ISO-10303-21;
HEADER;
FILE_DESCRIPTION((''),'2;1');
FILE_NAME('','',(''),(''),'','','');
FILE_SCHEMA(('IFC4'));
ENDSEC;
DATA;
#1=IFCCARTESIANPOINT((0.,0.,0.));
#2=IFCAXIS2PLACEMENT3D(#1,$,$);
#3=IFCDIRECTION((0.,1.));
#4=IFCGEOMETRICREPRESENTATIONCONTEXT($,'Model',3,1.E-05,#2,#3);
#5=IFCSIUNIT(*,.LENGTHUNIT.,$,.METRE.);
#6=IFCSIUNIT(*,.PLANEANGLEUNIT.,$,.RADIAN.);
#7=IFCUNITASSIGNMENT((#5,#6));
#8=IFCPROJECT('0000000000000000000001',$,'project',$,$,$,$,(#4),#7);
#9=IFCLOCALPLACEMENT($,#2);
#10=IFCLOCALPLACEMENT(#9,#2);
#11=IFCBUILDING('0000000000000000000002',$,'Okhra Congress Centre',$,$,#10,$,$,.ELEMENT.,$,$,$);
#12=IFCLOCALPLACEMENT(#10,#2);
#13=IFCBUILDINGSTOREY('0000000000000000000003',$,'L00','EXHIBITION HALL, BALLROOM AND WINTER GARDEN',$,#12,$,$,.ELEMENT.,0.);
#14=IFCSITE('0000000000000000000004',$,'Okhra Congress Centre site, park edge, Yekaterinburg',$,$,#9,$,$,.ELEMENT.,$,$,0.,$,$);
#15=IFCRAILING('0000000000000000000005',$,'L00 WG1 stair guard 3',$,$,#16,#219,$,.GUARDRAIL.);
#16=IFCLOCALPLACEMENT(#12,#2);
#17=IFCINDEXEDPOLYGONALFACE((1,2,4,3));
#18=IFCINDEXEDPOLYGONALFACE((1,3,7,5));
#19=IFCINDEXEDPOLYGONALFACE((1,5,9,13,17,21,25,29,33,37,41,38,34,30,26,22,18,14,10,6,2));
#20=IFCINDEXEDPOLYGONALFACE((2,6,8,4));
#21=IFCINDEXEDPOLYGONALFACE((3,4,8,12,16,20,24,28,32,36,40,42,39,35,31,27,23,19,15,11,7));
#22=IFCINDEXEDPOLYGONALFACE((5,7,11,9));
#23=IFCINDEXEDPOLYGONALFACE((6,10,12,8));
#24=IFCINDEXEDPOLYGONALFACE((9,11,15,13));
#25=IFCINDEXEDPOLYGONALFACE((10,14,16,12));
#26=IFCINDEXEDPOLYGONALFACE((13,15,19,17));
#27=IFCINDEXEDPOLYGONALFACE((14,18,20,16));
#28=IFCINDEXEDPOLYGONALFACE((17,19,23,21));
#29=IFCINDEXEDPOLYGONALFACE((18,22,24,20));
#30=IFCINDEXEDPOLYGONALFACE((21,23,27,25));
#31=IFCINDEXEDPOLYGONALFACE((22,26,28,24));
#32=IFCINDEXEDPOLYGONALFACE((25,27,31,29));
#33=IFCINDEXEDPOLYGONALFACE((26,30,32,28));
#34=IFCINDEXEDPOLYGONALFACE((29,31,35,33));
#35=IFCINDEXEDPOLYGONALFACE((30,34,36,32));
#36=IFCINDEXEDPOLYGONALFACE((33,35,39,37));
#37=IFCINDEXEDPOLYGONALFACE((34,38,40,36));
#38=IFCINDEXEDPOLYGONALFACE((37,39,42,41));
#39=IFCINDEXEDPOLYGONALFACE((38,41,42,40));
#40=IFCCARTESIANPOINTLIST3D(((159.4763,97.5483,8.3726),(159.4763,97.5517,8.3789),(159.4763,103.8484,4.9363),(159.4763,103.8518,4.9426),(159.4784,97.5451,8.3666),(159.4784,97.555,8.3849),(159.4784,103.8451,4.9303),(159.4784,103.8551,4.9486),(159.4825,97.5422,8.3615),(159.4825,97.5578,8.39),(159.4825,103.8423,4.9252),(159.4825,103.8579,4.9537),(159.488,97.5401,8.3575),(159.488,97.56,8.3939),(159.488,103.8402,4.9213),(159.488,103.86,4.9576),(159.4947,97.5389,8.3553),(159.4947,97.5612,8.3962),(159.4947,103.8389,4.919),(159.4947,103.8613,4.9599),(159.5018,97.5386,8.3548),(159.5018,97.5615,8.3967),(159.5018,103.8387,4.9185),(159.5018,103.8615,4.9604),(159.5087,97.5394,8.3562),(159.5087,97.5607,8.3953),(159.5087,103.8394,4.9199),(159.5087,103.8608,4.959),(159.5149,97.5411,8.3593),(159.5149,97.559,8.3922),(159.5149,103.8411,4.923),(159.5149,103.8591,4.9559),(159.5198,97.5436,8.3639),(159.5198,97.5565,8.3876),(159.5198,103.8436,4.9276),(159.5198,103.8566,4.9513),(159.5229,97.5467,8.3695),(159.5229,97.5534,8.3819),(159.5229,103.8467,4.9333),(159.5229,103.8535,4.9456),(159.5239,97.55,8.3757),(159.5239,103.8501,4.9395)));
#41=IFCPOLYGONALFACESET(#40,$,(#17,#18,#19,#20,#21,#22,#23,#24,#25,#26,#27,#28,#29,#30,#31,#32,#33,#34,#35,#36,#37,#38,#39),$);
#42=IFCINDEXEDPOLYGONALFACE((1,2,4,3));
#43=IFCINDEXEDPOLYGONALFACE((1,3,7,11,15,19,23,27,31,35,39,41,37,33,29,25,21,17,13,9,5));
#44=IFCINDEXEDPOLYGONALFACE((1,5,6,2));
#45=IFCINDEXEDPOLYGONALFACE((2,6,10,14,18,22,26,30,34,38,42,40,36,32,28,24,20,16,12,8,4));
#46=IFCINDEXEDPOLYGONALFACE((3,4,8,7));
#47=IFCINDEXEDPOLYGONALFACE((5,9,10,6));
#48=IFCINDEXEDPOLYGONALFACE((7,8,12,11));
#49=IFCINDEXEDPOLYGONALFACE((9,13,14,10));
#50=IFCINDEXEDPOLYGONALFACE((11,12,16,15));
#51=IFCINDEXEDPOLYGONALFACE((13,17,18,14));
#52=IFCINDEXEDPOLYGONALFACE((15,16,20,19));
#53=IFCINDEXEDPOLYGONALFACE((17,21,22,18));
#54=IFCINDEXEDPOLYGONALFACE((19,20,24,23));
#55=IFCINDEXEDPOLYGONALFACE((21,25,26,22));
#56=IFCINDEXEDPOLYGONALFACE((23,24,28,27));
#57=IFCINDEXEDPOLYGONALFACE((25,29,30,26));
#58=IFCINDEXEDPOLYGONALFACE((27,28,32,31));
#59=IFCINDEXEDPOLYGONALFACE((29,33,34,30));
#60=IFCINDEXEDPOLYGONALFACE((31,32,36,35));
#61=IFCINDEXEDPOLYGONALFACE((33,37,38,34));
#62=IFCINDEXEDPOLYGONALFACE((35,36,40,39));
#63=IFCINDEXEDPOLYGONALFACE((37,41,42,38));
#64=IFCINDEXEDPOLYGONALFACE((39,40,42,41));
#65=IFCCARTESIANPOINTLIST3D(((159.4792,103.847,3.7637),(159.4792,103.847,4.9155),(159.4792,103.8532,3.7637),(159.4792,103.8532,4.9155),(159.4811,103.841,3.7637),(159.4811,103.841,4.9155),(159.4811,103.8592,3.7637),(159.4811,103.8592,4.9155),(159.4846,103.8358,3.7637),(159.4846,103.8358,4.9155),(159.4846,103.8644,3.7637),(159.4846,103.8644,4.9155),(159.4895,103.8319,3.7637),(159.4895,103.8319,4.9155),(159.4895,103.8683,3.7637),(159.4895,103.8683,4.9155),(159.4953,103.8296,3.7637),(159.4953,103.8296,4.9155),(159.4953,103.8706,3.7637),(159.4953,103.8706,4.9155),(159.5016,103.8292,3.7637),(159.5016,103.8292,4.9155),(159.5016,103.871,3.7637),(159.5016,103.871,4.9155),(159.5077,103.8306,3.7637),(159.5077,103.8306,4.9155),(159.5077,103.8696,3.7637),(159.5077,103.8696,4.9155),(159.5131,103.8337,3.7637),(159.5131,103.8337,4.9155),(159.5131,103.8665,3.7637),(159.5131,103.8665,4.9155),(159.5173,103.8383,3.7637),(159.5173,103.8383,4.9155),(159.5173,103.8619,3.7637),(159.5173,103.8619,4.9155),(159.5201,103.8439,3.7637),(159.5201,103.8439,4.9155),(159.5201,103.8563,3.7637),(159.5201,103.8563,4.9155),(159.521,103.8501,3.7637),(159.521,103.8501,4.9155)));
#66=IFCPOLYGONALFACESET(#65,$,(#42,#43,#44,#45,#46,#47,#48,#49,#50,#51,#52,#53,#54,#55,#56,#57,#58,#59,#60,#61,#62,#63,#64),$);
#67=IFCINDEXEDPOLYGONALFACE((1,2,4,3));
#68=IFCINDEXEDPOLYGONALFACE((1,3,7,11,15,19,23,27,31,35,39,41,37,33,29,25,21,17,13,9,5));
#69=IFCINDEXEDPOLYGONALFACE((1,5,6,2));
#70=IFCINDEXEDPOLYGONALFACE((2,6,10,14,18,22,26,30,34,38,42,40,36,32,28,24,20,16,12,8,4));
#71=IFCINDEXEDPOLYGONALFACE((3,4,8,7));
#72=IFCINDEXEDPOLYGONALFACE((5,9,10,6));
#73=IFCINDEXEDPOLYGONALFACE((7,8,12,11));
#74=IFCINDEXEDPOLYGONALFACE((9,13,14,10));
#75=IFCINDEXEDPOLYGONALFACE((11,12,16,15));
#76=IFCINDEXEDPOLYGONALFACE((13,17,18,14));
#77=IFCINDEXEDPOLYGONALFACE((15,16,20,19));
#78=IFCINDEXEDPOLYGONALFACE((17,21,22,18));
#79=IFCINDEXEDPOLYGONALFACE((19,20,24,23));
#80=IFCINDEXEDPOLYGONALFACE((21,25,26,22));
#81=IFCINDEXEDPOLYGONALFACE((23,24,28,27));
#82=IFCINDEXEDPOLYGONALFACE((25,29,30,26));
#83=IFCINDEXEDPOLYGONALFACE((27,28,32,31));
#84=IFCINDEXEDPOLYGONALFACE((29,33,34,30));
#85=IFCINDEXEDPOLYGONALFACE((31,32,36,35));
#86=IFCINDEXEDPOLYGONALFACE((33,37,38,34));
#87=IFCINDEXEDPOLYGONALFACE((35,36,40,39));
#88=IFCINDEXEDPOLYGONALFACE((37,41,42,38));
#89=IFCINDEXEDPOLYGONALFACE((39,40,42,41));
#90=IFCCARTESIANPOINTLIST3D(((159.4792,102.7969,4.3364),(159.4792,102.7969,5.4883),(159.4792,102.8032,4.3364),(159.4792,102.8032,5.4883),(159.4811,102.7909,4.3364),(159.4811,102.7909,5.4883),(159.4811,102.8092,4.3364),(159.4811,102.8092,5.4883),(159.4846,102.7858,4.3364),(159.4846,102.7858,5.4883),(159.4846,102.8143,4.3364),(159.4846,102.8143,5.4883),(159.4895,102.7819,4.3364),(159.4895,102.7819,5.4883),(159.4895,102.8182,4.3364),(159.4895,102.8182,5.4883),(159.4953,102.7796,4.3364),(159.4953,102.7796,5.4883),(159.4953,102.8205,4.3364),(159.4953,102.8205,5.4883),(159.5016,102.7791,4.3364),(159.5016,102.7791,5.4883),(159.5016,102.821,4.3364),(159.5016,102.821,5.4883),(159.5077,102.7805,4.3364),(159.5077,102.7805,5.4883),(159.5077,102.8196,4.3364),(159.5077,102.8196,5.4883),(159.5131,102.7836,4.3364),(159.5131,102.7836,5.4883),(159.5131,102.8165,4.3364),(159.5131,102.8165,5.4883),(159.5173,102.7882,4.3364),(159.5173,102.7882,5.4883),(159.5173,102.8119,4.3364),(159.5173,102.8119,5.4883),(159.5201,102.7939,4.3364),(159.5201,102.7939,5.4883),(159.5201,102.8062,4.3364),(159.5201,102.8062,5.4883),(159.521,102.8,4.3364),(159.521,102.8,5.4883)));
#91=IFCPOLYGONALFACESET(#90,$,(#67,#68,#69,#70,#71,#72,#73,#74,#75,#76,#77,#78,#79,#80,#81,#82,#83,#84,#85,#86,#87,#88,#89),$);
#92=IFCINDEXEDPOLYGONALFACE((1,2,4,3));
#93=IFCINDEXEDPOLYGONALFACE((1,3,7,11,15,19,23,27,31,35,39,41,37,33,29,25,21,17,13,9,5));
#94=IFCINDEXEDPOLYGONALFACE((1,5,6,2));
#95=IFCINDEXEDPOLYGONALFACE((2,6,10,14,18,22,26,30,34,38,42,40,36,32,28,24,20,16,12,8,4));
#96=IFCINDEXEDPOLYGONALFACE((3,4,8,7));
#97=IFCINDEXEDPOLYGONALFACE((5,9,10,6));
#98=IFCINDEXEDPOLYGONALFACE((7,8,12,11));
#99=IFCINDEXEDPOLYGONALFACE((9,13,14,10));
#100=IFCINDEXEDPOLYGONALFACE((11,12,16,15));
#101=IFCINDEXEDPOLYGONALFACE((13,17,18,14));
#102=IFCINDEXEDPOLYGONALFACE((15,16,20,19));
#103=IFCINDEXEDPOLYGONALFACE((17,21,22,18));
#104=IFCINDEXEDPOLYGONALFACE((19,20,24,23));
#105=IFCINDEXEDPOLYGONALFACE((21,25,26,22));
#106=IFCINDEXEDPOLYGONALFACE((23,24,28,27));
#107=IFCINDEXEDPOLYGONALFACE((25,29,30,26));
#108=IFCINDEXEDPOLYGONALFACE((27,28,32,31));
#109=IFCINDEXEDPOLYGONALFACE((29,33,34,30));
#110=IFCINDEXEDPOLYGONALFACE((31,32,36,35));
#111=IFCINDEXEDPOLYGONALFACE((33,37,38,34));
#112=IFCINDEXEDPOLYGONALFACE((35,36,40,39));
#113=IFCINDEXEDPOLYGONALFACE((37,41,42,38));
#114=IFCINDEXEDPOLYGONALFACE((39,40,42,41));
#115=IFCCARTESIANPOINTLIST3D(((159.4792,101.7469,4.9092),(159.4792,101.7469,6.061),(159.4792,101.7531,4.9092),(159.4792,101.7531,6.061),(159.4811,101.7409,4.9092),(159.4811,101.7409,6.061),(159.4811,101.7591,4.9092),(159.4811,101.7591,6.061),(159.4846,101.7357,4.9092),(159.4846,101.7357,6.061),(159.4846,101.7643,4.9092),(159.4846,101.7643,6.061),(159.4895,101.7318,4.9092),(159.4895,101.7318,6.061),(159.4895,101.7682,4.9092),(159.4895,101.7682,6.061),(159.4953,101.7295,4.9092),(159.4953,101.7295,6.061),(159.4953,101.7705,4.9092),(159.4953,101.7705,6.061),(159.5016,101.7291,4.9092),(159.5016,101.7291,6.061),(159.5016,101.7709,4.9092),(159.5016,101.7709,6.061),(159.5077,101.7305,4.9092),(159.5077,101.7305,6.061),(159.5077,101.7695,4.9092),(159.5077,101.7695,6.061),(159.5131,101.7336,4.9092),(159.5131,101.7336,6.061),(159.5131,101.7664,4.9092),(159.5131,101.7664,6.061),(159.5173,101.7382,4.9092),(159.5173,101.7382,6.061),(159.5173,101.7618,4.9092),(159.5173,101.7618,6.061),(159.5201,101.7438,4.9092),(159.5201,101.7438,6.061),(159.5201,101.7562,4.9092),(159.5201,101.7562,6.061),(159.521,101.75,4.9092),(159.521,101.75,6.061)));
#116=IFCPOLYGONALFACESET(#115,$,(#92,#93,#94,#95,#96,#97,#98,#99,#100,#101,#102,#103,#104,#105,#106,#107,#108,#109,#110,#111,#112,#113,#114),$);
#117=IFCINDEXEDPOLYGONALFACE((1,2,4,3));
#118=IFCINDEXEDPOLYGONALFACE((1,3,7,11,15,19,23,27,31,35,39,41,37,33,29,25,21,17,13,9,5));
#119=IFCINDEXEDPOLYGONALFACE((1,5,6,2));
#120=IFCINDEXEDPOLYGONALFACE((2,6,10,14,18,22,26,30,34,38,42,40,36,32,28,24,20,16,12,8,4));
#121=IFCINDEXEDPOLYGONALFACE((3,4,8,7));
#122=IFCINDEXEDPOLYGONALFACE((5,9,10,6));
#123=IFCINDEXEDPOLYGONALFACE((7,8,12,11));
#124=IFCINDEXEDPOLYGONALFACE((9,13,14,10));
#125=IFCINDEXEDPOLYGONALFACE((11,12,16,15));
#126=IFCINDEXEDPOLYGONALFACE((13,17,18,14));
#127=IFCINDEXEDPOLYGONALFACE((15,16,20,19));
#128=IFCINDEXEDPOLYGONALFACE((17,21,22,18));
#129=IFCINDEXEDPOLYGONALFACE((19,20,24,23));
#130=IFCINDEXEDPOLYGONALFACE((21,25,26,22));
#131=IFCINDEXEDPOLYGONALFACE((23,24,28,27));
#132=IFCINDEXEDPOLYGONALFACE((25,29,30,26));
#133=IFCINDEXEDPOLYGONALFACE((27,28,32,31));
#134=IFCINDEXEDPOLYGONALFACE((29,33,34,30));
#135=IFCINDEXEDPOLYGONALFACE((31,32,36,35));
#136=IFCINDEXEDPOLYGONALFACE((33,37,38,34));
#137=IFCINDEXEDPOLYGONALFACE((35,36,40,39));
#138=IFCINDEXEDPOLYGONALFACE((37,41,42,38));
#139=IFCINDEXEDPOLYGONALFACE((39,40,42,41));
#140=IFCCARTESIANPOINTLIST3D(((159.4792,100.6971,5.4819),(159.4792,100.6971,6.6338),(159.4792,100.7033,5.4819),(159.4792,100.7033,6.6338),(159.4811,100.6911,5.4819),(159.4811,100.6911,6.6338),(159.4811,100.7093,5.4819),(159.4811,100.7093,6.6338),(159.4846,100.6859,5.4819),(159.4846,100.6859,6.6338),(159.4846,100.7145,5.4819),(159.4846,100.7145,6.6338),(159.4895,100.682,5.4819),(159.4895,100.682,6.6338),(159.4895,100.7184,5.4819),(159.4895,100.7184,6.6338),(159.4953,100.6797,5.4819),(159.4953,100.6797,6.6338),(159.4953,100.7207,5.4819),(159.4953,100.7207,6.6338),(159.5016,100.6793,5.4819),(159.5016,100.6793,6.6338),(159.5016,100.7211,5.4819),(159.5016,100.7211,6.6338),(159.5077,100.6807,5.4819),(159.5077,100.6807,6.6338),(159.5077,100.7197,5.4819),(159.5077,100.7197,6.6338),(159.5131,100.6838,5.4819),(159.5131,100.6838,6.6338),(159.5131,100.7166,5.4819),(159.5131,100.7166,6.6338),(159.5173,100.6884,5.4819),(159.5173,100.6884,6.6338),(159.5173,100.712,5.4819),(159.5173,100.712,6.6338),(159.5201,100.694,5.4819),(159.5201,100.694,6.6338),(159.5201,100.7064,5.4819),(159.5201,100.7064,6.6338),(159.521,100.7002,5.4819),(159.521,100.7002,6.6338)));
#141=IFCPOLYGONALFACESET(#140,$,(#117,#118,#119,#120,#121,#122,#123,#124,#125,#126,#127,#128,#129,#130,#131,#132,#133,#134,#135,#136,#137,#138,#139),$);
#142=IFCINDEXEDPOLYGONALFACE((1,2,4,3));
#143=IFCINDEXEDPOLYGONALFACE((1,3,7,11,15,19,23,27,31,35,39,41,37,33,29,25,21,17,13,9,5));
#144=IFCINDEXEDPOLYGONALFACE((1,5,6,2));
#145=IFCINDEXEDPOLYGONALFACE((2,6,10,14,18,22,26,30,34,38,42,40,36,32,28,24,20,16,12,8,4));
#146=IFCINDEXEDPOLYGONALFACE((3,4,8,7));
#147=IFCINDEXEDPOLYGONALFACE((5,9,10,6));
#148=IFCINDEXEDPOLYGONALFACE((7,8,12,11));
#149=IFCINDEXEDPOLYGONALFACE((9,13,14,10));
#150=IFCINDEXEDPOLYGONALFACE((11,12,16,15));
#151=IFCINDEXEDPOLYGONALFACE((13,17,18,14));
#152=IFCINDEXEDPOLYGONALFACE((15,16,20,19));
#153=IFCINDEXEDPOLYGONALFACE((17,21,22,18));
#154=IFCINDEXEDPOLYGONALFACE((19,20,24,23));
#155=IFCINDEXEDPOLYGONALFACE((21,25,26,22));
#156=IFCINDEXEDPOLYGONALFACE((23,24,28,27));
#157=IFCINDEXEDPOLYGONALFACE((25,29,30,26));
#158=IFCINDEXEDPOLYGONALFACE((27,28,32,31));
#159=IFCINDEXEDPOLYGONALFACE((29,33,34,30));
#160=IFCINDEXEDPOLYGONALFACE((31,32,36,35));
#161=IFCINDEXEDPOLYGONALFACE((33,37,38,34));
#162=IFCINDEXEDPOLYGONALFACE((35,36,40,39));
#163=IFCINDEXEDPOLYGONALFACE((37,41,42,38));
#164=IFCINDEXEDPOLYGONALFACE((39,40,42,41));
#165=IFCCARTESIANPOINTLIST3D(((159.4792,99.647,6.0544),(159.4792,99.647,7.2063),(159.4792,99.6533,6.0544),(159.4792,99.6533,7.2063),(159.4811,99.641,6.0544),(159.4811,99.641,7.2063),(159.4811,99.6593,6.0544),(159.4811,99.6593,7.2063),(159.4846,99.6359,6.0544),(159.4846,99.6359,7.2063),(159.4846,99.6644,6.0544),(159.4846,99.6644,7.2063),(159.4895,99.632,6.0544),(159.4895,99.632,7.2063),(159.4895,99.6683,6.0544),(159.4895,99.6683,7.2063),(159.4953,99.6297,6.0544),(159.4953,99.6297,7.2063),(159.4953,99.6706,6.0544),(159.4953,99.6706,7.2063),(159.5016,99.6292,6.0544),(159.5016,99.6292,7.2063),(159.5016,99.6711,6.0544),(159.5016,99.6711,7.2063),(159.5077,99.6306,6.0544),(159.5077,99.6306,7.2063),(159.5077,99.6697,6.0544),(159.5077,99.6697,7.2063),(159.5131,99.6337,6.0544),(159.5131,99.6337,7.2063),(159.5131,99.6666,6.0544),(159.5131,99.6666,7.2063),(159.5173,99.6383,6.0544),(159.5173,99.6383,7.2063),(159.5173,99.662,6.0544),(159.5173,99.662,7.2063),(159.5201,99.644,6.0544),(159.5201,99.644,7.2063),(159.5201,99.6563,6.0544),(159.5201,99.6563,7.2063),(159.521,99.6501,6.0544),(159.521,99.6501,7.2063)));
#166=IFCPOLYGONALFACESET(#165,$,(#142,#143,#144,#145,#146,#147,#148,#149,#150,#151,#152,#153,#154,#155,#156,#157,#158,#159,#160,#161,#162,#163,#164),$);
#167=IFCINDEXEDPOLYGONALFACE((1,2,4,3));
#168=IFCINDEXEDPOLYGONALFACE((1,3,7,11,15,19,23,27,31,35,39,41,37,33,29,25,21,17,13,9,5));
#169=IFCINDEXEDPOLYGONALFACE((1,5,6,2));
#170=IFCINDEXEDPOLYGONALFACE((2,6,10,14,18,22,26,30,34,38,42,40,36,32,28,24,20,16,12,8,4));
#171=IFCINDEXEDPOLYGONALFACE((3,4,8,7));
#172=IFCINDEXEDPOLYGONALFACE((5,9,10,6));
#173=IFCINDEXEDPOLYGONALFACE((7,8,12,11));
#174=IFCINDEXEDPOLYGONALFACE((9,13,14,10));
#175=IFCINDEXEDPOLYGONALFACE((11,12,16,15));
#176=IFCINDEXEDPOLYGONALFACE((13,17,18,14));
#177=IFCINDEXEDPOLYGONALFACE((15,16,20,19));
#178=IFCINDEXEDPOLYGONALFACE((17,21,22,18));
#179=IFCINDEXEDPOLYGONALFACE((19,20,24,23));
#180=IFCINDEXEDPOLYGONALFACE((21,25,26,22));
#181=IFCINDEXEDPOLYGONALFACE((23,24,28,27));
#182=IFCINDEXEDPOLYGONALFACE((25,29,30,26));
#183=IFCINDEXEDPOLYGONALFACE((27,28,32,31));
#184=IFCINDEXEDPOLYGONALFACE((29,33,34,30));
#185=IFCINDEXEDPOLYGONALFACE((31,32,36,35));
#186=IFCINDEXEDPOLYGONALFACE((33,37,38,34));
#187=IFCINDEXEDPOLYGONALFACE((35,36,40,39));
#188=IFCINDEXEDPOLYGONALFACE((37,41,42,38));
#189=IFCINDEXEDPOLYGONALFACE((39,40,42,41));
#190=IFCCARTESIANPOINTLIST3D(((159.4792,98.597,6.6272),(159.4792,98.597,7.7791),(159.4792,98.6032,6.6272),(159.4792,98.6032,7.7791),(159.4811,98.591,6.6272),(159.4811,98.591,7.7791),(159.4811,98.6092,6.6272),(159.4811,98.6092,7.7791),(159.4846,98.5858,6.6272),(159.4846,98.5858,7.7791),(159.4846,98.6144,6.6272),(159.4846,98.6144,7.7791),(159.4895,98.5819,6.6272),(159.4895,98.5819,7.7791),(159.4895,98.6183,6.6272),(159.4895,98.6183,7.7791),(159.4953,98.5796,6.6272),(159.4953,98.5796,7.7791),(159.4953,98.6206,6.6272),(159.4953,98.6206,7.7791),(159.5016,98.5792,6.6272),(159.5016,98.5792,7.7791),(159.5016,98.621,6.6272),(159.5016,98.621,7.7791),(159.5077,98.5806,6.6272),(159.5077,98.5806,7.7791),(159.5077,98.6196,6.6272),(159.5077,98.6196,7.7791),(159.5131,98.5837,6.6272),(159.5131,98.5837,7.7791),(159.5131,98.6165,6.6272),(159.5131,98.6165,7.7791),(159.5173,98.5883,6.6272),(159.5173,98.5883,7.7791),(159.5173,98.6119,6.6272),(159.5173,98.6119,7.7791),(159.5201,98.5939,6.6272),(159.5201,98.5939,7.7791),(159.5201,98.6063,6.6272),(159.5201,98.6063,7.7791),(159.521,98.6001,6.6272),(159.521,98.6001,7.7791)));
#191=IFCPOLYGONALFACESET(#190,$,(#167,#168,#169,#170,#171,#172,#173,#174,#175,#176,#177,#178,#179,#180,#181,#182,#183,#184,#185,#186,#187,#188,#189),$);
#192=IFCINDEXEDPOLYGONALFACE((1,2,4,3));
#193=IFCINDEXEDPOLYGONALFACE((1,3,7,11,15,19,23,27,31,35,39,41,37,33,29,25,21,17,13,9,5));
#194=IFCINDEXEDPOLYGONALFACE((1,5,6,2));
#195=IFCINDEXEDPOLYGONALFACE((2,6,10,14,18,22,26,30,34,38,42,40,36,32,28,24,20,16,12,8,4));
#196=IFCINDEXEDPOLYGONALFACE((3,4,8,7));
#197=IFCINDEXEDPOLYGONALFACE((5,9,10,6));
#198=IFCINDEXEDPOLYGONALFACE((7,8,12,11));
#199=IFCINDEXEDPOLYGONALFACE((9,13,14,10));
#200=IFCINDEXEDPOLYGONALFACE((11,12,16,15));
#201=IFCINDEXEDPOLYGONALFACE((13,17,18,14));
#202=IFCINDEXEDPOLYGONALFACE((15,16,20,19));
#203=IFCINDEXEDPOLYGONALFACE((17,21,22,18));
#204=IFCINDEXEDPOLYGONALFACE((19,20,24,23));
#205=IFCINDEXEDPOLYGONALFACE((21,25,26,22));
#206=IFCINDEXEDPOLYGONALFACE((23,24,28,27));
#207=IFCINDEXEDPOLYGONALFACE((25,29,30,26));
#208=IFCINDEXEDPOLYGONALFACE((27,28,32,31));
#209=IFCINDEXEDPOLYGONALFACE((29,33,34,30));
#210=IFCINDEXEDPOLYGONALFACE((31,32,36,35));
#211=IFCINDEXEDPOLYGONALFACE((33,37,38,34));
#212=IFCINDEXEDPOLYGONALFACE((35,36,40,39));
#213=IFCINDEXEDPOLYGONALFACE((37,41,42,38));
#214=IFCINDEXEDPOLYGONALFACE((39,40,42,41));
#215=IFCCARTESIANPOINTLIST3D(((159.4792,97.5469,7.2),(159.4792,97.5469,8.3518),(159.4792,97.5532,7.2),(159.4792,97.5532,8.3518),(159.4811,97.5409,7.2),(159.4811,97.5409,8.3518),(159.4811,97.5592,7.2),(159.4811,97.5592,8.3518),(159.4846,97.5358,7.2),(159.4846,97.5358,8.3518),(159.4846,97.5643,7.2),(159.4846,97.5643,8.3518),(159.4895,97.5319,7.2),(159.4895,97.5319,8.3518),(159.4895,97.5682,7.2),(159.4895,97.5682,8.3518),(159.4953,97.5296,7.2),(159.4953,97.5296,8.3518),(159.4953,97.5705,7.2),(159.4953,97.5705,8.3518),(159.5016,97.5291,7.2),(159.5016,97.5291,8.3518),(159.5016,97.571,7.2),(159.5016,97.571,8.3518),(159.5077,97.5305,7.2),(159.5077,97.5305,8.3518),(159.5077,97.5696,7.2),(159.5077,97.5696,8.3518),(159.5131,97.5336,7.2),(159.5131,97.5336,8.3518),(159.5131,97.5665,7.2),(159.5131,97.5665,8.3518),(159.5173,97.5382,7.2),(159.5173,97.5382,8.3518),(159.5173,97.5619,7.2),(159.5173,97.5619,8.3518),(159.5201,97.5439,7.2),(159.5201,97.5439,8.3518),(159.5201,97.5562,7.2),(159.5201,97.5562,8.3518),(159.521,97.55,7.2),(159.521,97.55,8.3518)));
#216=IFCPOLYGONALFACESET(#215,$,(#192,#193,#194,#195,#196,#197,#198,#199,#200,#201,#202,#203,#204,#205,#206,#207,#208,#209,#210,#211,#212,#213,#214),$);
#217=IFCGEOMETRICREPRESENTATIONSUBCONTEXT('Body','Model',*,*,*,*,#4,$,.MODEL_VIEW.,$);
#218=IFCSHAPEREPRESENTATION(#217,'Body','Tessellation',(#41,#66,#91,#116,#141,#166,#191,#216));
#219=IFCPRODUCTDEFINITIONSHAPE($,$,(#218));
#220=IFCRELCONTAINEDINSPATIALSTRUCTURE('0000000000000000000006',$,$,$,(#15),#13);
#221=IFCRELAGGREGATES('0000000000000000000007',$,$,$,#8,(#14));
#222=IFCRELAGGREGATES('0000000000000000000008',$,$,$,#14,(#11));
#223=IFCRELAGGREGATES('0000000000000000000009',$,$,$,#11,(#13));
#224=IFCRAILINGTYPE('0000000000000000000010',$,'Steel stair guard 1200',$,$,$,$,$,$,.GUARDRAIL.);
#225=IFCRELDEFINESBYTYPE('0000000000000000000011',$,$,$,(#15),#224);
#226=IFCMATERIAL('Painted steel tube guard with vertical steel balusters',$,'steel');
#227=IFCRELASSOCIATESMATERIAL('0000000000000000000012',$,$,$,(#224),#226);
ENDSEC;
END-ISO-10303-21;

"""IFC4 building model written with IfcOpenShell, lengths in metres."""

from ifc_helpers import new_model, si_unit, direction, frame, origin, origin_2d, place, context, subcontext, project, spatial, circle, extrude, material, type_object, element, save


model = new_model("IFC4")

# Units and contexts
model_context = context("Model", 3, precision=1e-05, world=origin(), true_north=direction((0.0, 1.0)))
body_context = subcontext(model_context, "Body", "Model", "MODEL_VIEW")
ifc_project = project(units=[si_unit("LENGTHUNIT", "METRE"), si_unit("PLANEANGLEUNIT", "RADIAN")], contexts=[model_context])

# Site, building, storey
site_placement = place(None, origin())
site = spatial("IfcSite", under=ifc_project, at=site_placement, Name="Okhra Congress Centre site, park edge, Yekaterinburg", CompositionType="ELEMENT", RefElevation=0.0)
building_placement = place(site_placement, origin())
building = spatial("IfcBuilding", under=site, at=building_placement, Name="Okhra Congress Centre", CompositionType="ELEMENT")
storey_placement = place(building_placement, origin())
storey = spatial("IfcBuildingStorey", under=building, at=storey_placement, Name="L00", Description="EXHIBITION HALL, BALLROOM AND WINTER GARDEN", CompositionType="ELEMENT", Elevation=0.0)

# Railing
ifc_material_1 = material(Name="Painted steel tube guard with vertical steel balusters", Category="steel")
railing_type_1 = type_object("IfcRailingType", Name="Steel stair guard 1200", PredefinedType="GUARDRAIL", material=ifc_material_1)
railing_1_placement = place(storey_placement, frame((159.5, 103.8501, 3.7637)))
element("IfcRailing", 1, at=railing_1_placement, inside=storey, type_object=railing_type_1, Name="L00 WG1 stair guard 3", PredefinedType="GUARDRAIL", context=body_context, shape_type="SweptSolid", body=[
    extrude(circle(Radius=0.0239, at=origin_2d()), frame((0.0, 0.0, 1.1758), z_axis=(0.0, -0.877902, 0.47884), x_axis=(1.0, 0.0, 0.0)), (0.0, 0.0, 1.0), 7.1763),
    extrude(circle(Radius=0.021, at=origin_2d()), origin(), (0.0, 0.0, 1.0), 1.1519),
    extrude(circle(Radius=0.021, at=origin_2d()), frame((0.0, -1.05, 0.5728)), (0.0, 0.0, 1.0), 1.1519),
    extrude(circle(Radius=0.021, at=origin_2d()), frame((0.0, -2.1001, 1.1455)), (0.0, 0.0, 1.0), 1.1519),
    extrude(circle(Radius=0.021, at=origin_2d()), frame((0.0, -3.1499, 1.7183)), (0.0, 0.0, 1.0), 1.1519),
    extrude(circle(Radius=0.021, at=origin_2d()), frame((0.0, -4.2, 2.2908)), (0.0, 0.0, 1.0), 1.1519),
    extrude(circle(Radius=0.021, at=origin_2d()), frame((0.0, -5.25, 2.8635)), (0.0, 0.0, 1.0), 1.1519),
    extrude(circle(Radius=0.021, at=origin_2d()), frame((0.0, -6.3, 3.4363)), (0.0, 0.0, 1.0), 1.1519),
])

save(model, "model.ifc")
